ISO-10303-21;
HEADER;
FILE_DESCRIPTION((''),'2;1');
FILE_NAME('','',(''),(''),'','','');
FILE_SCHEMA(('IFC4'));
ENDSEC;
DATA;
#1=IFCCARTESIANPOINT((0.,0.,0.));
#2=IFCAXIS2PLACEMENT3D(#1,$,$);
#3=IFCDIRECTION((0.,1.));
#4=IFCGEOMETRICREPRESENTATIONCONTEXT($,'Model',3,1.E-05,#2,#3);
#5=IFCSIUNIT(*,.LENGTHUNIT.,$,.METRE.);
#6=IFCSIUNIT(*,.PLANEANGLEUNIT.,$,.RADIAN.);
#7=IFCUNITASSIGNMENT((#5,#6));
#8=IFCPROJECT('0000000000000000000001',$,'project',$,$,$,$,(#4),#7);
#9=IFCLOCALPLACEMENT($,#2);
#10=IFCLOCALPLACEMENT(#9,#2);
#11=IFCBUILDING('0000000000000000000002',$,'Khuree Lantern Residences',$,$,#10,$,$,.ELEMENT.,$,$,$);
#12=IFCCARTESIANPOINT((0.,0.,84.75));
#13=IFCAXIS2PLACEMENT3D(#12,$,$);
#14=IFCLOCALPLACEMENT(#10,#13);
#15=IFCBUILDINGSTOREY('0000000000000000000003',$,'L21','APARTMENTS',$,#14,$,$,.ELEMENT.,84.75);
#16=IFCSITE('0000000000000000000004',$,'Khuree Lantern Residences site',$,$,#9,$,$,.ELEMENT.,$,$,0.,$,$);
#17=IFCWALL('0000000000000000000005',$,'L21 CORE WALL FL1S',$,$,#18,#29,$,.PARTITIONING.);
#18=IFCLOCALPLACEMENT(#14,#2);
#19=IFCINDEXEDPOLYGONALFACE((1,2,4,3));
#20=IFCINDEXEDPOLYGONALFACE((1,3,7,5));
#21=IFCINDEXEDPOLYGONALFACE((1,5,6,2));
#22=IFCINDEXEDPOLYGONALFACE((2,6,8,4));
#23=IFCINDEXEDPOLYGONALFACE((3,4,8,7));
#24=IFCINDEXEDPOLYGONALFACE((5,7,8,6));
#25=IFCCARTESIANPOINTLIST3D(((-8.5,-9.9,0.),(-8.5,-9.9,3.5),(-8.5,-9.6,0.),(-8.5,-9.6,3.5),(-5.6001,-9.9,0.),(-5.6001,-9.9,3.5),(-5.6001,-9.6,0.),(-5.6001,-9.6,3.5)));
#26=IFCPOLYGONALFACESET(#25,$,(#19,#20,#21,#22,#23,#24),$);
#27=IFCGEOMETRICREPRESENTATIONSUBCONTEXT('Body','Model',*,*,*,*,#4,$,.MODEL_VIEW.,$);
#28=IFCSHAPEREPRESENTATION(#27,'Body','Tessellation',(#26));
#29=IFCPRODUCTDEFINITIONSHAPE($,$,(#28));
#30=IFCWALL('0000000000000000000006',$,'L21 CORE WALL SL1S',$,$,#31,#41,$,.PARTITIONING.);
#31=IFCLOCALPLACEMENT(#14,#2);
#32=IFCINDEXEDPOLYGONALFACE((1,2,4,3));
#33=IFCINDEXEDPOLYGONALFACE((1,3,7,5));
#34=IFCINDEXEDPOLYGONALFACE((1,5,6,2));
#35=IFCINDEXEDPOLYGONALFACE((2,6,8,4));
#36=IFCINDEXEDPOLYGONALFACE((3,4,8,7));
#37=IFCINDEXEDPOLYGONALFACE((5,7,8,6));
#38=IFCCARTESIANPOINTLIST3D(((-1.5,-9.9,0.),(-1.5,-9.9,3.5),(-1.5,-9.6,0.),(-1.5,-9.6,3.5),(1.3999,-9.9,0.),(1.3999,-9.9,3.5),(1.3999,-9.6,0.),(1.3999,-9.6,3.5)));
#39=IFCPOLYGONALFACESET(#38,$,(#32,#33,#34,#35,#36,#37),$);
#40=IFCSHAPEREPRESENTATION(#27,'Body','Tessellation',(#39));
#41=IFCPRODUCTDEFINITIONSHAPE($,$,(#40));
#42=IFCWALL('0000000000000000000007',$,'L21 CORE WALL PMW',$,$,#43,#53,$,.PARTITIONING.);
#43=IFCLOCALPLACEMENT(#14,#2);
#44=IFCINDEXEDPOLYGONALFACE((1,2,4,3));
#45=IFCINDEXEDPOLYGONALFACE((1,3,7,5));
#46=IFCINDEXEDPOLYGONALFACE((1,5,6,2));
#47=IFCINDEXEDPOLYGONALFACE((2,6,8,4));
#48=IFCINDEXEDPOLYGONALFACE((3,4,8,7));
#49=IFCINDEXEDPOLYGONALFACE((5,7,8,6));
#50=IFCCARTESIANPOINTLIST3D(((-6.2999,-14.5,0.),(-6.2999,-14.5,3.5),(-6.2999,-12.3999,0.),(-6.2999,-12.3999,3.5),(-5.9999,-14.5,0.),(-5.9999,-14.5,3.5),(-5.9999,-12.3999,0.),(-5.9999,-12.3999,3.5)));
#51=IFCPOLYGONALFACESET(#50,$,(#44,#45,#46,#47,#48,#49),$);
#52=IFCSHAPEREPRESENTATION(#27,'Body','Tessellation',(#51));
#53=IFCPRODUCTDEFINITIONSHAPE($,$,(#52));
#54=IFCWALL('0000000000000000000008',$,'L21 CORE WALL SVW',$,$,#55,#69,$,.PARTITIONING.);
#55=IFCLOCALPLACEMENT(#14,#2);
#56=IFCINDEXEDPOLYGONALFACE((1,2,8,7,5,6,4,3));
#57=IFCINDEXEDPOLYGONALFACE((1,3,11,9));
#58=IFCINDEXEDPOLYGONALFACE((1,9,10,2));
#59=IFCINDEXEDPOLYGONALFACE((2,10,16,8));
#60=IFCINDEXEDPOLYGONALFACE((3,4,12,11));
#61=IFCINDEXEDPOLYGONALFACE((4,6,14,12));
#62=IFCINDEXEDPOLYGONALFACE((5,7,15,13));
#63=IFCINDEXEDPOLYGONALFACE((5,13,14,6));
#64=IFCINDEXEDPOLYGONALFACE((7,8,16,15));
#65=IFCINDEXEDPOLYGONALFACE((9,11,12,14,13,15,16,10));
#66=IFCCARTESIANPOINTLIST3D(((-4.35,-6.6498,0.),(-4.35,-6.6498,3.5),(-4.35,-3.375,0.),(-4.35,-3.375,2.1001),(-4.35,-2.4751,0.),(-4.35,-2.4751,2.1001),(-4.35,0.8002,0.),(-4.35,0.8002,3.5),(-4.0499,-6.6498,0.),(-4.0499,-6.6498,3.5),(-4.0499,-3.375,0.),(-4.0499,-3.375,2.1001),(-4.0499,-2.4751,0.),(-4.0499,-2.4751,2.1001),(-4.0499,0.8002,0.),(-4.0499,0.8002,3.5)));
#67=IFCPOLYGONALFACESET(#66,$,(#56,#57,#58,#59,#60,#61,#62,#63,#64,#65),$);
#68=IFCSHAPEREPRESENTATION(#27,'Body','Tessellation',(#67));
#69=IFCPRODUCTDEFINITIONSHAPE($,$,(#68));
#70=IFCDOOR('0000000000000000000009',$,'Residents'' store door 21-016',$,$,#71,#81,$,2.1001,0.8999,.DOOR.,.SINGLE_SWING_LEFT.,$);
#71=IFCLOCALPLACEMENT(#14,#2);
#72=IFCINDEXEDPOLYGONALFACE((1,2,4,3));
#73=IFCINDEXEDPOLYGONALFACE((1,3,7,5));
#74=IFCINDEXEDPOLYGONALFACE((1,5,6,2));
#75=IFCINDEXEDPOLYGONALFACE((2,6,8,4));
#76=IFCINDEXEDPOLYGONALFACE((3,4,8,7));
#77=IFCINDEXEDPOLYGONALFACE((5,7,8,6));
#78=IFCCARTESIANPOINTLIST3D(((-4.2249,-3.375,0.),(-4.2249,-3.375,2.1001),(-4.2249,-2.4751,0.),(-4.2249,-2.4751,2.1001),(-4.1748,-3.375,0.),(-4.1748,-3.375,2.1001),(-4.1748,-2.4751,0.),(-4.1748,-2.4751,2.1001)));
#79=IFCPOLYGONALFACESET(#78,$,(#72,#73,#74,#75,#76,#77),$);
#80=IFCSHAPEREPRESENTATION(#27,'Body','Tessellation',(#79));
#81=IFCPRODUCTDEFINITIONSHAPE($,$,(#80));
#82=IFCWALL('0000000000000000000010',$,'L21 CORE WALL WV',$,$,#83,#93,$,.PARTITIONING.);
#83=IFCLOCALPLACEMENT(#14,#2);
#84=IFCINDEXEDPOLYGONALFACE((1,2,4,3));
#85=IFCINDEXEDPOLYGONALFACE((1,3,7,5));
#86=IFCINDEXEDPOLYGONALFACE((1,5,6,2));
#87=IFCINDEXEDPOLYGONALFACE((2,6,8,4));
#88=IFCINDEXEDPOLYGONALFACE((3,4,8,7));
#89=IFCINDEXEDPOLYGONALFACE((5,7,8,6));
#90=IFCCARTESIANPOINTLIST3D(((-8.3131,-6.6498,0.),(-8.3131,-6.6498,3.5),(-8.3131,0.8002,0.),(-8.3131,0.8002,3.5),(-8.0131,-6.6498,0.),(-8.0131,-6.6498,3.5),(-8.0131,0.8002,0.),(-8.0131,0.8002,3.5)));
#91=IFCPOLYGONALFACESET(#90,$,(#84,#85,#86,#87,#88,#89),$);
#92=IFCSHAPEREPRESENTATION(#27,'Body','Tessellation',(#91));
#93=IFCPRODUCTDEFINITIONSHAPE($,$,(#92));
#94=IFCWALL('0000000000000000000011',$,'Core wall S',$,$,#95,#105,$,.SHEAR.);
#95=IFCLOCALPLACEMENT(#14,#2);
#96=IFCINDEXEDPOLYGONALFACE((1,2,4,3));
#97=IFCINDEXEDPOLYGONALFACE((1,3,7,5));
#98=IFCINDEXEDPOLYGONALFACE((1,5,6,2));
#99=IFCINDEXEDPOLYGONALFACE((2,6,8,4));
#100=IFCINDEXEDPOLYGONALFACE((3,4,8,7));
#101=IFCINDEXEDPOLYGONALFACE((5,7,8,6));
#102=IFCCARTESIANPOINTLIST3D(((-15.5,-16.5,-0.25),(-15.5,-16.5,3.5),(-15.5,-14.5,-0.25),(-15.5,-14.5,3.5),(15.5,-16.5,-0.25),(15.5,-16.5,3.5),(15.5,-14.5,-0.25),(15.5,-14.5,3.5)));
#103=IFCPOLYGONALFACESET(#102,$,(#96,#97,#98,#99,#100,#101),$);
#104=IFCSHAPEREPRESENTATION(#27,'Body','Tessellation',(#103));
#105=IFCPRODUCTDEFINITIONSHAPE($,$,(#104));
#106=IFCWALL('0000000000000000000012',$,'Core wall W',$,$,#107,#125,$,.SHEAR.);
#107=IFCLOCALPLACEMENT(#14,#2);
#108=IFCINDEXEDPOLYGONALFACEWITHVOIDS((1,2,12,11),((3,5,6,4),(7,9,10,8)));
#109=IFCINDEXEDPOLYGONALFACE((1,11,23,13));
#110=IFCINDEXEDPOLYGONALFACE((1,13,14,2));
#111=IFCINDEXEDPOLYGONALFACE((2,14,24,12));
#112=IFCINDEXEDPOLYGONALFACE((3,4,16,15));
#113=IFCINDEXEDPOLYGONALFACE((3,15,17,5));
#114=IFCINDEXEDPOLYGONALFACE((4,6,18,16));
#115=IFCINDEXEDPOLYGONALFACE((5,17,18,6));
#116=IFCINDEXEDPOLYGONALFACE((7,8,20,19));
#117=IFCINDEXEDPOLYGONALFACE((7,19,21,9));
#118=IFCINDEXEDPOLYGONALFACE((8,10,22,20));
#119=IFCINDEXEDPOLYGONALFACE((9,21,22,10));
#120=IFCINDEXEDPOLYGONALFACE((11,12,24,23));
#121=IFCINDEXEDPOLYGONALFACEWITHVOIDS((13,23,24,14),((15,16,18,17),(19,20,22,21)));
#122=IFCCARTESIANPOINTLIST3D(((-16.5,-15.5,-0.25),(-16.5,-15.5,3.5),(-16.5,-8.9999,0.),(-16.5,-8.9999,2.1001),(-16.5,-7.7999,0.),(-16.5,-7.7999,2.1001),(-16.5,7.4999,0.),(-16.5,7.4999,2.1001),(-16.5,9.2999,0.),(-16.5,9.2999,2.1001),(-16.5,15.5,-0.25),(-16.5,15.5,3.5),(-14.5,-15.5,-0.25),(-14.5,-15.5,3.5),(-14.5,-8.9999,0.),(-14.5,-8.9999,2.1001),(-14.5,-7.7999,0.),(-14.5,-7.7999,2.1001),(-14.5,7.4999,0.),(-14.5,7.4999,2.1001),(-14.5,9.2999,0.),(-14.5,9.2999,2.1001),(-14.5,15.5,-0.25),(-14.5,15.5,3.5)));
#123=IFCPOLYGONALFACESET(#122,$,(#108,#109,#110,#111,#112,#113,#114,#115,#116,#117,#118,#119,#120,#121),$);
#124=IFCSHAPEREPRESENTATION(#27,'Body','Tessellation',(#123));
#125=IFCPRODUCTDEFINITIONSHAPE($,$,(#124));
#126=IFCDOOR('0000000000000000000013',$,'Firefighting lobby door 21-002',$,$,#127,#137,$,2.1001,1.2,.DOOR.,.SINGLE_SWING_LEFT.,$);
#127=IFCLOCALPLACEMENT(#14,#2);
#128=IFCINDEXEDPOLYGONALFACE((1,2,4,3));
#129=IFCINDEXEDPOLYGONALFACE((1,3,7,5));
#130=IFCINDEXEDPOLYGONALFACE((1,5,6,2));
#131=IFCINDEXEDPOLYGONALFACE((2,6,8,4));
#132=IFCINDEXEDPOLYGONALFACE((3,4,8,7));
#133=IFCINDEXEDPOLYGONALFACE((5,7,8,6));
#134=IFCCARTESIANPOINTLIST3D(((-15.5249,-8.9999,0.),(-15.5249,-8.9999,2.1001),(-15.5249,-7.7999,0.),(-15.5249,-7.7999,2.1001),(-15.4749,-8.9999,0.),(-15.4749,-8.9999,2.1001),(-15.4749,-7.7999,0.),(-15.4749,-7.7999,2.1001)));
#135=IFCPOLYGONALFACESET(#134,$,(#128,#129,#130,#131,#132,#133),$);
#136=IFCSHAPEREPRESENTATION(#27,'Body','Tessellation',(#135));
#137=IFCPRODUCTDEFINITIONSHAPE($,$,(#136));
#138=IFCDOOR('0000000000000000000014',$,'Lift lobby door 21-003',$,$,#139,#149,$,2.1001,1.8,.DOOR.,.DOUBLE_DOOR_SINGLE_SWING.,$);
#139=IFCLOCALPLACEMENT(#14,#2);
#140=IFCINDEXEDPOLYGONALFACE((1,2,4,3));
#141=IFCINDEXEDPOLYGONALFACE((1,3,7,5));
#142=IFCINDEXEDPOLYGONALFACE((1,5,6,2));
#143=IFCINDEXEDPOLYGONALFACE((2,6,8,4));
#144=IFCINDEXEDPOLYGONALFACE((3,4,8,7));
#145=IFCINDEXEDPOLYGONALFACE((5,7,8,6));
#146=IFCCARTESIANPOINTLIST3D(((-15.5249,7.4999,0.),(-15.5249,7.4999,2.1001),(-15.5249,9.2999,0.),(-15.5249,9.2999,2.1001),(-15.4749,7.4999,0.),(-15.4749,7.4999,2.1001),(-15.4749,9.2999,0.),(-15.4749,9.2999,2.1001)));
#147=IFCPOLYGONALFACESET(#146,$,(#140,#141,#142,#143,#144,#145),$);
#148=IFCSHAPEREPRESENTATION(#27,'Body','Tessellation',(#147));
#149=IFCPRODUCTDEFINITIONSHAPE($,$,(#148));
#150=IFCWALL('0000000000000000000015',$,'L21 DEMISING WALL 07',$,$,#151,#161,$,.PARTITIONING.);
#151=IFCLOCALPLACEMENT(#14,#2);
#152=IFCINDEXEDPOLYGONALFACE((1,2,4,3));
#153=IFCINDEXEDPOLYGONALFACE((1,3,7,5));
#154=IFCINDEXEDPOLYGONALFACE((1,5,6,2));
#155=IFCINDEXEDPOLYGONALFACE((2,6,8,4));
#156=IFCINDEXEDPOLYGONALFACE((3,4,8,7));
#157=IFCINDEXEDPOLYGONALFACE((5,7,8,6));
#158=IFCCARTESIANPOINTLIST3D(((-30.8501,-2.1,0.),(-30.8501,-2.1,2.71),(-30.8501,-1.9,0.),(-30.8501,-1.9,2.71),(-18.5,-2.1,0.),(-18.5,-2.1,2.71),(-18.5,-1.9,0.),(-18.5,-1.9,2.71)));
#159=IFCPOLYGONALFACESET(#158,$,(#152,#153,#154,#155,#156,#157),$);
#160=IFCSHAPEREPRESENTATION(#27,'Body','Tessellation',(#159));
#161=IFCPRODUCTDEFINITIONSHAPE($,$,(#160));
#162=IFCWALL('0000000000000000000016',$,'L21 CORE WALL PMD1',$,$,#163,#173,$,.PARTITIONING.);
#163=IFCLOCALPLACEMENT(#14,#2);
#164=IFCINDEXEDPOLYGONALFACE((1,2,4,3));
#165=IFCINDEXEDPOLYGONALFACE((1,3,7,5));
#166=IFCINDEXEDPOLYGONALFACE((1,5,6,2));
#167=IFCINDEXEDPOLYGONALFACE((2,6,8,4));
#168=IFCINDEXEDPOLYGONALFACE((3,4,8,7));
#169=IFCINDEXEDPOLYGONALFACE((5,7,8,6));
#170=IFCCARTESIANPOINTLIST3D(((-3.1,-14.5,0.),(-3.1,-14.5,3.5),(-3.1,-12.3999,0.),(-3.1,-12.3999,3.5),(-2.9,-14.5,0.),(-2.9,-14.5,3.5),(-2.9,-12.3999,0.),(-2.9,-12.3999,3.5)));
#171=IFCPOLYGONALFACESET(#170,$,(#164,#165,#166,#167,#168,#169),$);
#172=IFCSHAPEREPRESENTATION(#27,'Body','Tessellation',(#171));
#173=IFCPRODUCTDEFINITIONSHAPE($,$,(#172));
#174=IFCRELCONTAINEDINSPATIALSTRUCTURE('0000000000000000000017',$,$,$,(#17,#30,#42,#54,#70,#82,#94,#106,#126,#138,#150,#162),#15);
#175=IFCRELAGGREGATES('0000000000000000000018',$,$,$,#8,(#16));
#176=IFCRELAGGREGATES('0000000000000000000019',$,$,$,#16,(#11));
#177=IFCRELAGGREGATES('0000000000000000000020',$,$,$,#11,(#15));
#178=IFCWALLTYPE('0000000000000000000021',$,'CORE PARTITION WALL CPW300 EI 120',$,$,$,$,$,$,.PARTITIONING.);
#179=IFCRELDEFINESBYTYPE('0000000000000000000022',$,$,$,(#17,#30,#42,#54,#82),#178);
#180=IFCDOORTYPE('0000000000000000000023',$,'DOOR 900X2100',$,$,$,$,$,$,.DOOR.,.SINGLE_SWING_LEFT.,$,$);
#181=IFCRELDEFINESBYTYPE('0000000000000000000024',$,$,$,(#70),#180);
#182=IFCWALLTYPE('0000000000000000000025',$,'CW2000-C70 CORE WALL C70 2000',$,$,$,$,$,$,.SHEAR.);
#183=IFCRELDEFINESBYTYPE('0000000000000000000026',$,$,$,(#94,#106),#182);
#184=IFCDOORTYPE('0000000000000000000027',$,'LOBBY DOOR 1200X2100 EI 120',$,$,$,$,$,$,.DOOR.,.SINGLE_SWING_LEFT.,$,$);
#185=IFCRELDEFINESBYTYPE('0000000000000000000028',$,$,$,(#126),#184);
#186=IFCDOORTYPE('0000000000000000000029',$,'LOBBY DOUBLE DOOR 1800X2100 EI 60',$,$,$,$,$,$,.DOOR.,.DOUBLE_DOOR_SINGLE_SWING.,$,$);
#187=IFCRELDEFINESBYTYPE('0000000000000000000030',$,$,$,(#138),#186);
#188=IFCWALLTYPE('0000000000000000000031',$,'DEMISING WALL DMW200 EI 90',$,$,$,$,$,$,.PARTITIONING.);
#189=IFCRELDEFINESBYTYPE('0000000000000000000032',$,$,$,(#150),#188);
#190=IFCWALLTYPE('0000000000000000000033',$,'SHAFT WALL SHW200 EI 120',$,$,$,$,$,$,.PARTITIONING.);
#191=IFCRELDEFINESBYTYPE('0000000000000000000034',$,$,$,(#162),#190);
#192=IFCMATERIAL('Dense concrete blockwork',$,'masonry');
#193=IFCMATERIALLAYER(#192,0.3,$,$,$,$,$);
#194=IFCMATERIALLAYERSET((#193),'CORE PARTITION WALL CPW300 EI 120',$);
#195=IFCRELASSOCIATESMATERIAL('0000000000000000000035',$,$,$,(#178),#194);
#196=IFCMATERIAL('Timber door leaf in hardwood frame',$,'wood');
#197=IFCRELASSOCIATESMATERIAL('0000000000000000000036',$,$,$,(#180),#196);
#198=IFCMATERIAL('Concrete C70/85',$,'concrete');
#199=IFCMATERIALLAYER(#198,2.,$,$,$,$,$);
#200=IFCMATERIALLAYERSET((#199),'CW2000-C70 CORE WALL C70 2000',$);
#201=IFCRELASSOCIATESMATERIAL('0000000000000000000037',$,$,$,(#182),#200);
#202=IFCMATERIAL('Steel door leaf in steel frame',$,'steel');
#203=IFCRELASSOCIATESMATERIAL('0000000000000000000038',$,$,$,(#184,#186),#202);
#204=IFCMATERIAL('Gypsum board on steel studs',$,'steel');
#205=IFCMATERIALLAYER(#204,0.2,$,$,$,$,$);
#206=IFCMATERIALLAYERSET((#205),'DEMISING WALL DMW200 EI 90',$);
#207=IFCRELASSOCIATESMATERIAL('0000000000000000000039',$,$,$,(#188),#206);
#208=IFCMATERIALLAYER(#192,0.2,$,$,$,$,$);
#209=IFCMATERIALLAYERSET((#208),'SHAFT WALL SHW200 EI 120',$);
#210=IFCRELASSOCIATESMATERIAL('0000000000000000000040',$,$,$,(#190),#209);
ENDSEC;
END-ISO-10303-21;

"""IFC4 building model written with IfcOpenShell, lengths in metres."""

from ifc_helpers import new_model, si_unit, direction, frame, frame_2d, origin, place, context, subcontext, project, spatial, rectangle, extrude, material, layer, layer_set, type_object, element, fill, save


model = new_model("IFC4")

# Units and contexts
model_context = context("Model", 3, precision=1e-05, world=origin(), true_north=direction((0.0, 1.0)))
body_context = subcontext(model_context, "Body", "Model", "MODEL_VIEW")
ifc_project = project(units=[si_unit("LENGTHUNIT", "METRE"), si_unit("PLANEANGLEUNIT", "RADIAN")], contexts=[model_context])

# Site, building, storey
site_placement = place(None, origin())
site = spatial("IfcSite", under=ifc_project, at=site_placement, Name="Khuree Lantern Residences site", CompositionType="ELEMENT", RefElevation=0.0)
building_placement = place(site_placement, origin())
building = spatial("IfcBuilding", under=site, at=building_placement, Name="Khuree Lantern Residences", CompositionType="ELEMENT")
storey_placement = place(building_placement, frame((0.0, 0.0, 84.75)))
storey = spatial("IfcBuildingStorey", under=building, at=storey_placement, Name="L21", Description="APARTMENTS", CompositionType="ELEMENT", Elevation=84.75)

# Shared definitions
ifc_material_1 = material(Name="Concrete C70/85", Category="concrete")

# Shared definitions
ifc_material_2 = material(Name="Dense concrete blockwork", Category="masonry")
ifc_layer_1 = layer(ifc_material_2, 0.3)
ifc_layer_set_1 = layer_set([ifc_layer_1], Name="CORE PARTITION WALL CPW300 EI 120")
wall_type_1 = type_object("IfcWallType", Name="CORE PARTITION WALL CPW300 EI 120", PredefinedType="PARTITIONING", material=ifc_layer_set_1)

# Shared definitions
ifc_material_3 = material(Name="Steel door leaf in steel frame", Category="steel")

# Walls
for number, where, z_axis, x_axis, name in (
    (1, (-8.5, -9.75, 0.0), (0.0, 0.0, 1.0), (1.0, 0.0, 0.0), "L21 CORE WALL FL1S"),
    (2, (-1.5, -9.75, 0.0), (0.0, 0.0, 1.0), (1.0, 0.0, 0.0), "L21 CORE WALL SL1S"),
):
    element("IfcWall", number, at=place(storey_placement, frame(where, z_axis=z_axis, x_axis=x_axis)), inside=storey, type_object=wall_type_1, Name=name, PredefinedType="PARTITIONING", context=body_context, shape_type="SweptSolid", body=[
        extrude(rectangle(XDim=2.8999, YDim=0.3, at=frame_2d((1.45, 0.0))), origin(), (0.0, 0.0, 1.0), 3.5),
    ])
wall_1_placement = place(storey_placement, frame((-6.1499, -14.5, 0.0), z_axis=(0.0, 0.0, 1.0), x_axis=(0.0, 1.0, 0.0)))
element("IfcWall", 3, at=wall_1_placement, inside=storey, type_object=wall_type_1, Name="L21 CORE WALL PMW", PredefinedType="PARTITIONING", context=body_context, shape_type="SweptSolid", body=[
    extrude(rectangle(XDim=2.1001, YDim=0.3, at=frame_2d((1.05, 0.0))), origin(), (0.0, 0.0, 1.0), 3.5),
])

# Wall, opening, door
wall_2_placement = place(storey_placement, frame((-4.2, -6.6499, 0.0), z_axis=(0.0, 0.0, 1.0), x_axis=(0.0, 1.0, 0.0)))
wall_2 = element("IfcWall", 4, at=wall_2_placement, inside=storey, type_object=wall_type_1, Name="L21 CORE WALL SVW", PredefinedType="PARTITIONING", context=body_context, shape_type="SweptSolid", body=[
    extrude(rectangle(XDim=7.45, YDim=0.3, at=frame_2d((3.7251, 0.0))), origin(), (0.0, 0.0, 1.0), 3.5),
])
opening_1_placement = place(wall_2_placement, frame((3.2749, 0.0, 0.0)))
opening_1 = element("IfcOpeningElement", 5, at=opening_1_placement, cuts=wall_2, PredefinedType="OPENING", context=body_context, shape_type="SweptSolid", body=[
    extrude(rectangle(XDim=0.8999, YDim=2.1001, at=frame_2d((0.45, 1.05))), frame((0.0, 0.1602, 0.0), z_axis=(0.0, -1.0, 0.0), x_axis=(1.0, 0.0, 0.0)), (0.0, 0.0, 1.0), 0.3201),
])
ifc_material_4 = material(Name="Timber door leaf in hardwood frame", Category="wood")
door_type_1 = type_object("IfcDoorType", Name="DOOR 900X2100", OperationType="SINGLE_SWING_LEFT", PredefinedType="DOOR", material=ifc_material_4)
door_1_placement = place(opening_1_placement, origin())
door_1 = element("IfcDoor", 6, at=door_1_placement, inside=storey, type_object=door_type_1, Name="Residents' store door 21-016", OperationType="SINGLE_SWING_LEFT", OverallHeight=2.1001, OverallWidth=0.8999, PredefinedType="DOOR", context=body_context, shape_type="SweptSolid", body=[
    extrude(rectangle(XDim=0.8999, YDim=2.1001, at=frame_2d((0.45, 1.05))), frame((0.0, 0.0249, 0.0), z_axis=(0.0, -1.0, 0.0), x_axis=(1.0, 0.0, 0.0)), (0.0, 0.0, 1.0), 0.05),
])
fill(opening_1, door_1)

# Walls
wall_3_placement = place(storey_placement, frame((-8.1631, -6.6499, 0.0), z_axis=(0.0, 0.0, 1.0), x_axis=(0.0, 1.0, 0.0)))
element("IfcWall", 7, at=wall_3_placement, inside=storey, type_object=wall_type_1, Name="L21 CORE WALL WV", PredefinedType="PARTITIONING", context=body_context, shape_type="SweptSolid", body=[
    extrude(rectangle(XDim=7.45, YDim=0.3, at=frame_2d((3.7251, 0.0))), origin(), (0.0, 0.0, 1.0), 3.5),
])
ifc_layer_2 = layer(ifc_material_1, 2.0)
ifc_layer_set_2 = layer_set([ifc_layer_2], Name="CW2000-C70 CORE WALL C70 2000")
wall_type_2 = type_object("IfcWallType", Name="CW2000-C70 CORE WALL C70 2000", PredefinedType="SHEAR", material=ifc_layer_set_2)
wall_4_placement = place(storey_placement, frame((-15.5, -15.5, -0.25), z_axis=(0.0, 0.0, 1.0), x_axis=(1.0, 0.0, 0.0)))
element("IfcWall", 8, at=wall_4_placement, inside=storey, type_object=wall_type_2, Name="Core wall S", PredefinedType="SHEAR", context=body_context, shape_type="SweptSolid", body=[
    extrude(rectangle(XDim=31.0, YDim=2.0, at=frame_2d((15.5, 0.0))), origin(), (0.0, 0.0, 1.0), 3.75),
])

# Wall, openings, doors
wall_5_placement = place(storey_placement, frame((-15.5, -15.5, -0.25), z_axis=(0.0, 0.0, 1.0), x_axis=(0.0, 1.0, 0.0)))
wall_5 = element("IfcWall", 9, at=wall_5_placement, inside=storey, type_object=wall_type_2, Name="Core wall W", PredefinedType="SHEAR", context=body_context, shape_type="SweptSolid", body=[
    extrude(rectangle(XDim=31.0, YDim=2.0, at=frame_2d((15.5, 0.0))), origin(), (0.0, 0.0, 1.0), 3.75),
])
opening_2_placement = place(wall_5_placement, frame((6.5, 0.0, 0.25)))
opening_2 = element("IfcOpeningElement", 10, at=opening_2_placement, cuts=wall_5, PredefinedType="OPENING", context=body_context, shape_type="SweptSolid", body=[
    extrude(rectangle(XDim=1.2, YDim=2.1001, at=frame_2d((0.6001, 1.05))), frame((0.0, 1.01, 0.0), z_axis=(0.0, -1.0, 0.0), x_axis=(1.0, 0.0, 0.0)), (0.0, 0.0, 1.0), 2.02),
])
opening_3_placement = place(wall_5_placement, frame((23.0, 0.0, 0.25)))
opening_3 = element("IfcOpeningElement", 11, at=opening_3_placement, cuts=wall_5, PredefinedType="OPENING", context=body_context, shape_type="SweptSolid", body=[
    extrude(rectangle(XDim=1.8, YDim=2.1001, at=frame_2d((0.8999, 1.05))), frame((0.0, 1.01, 0.0), z_axis=(0.0, -1.0, 0.0), x_axis=(1.0, 0.0, 0.0)), (0.0, 0.0, 1.0), 2.02),
])
door_type_2 = type_object("IfcDoorType", Name="LOBBY DOOR 1200X2100 EI 120", OperationType="SINGLE_SWING_LEFT", PredefinedType="DOOR", material=ifc_material_3)
door_2_placement = place(opening_2_placement, origin())
door_2 = element("IfcDoor", 12, at=door_2_placement, inside=storey, type_object=door_type_2, Name="Firefighting lobby door 21-002", OperationType="SINGLE_SWING_LEFT", OverallHeight=2.1001, OverallWidth=1.2, PredefinedType="DOOR", context=body_context, shape_type="SweptSolid", body=[
    extrude(rectangle(XDim=1.2, YDim=2.1001, at=frame_2d((0.6001, 1.05))), frame((0.0, 0.0249, 0.0), z_axis=(0.0, -1.0, 0.0), x_axis=(1.0, 0.0, 0.0)), (0.0, 0.0, 1.0), 0.05),
])
fill(opening_2, door_2)
door_type_3 = type_object("IfcDoorType", Name="LOBBY DOUBLE DOOR 1800X2100 EI 60", OperationType="DOUBLE_DOOR_SINGLE_SWING", PredefinedType="DOOR", material=ifc_material_3)
door_3_placement = place(opening_3_placement, origin())
door_3 = element("IfcDoor", 13, at=door_3_placement, inside=storey, type_object=door_type_3, Name="Lift lobby door 21-003", OperationType="DOUBLE_DOOR_SINGLE_SWING", OverallHeight=2.1001, OverallWidth=1.8, PredefinedType="DOOR", context=body_context, shape_type="SweptSolid", body=[
    extrude(rectangle(XDim=1.8, YDim=2.1001, at=frame_2d((0.8999, 1.05))), frame((0.0, 0.0249, 0.0), z_axis=(0.0, -1.0, 0.0), x_axis=(1.0, 0.0, 0.0)), (0.0, 0.0, 1.0), 0.05),
])
fill(opening_3, door_3)

# Walls
ifc_material_5 = material(Name="Gypsum board on steel studs", Category="steel")
ifc_layer_3 = layer(ifc_material_5, 0.2)
ifc_layer_set_3 = layer_set([ifc_layer_3], Name="DEMISING WALL DMW200 EI 90")
wall_type_3 = type_object("IfcWallType", Name="DEMISING WALL DMW200 EI 90", PredefinedType="PARTITIONING", material=ifc_layer_set_3)
wall_6_placement = place(storey_placement, frame((-18.5, -2.0, 0.0), z_axis=(0.0, 0.0, 1.0), x_axis=(-1.0, 0.0, 0.0)))
element("IfcWall", 14, at=wall_6_placement, inside=storey, type_object=wall_type_3, Name="L21 DEMISING WALL 07", PredefinedType="PARTITIONING", context=body_context, shape_type="SweptSolid", body=[
    extrude(rectangle(XDim=12.3501, YDim=0.2, at=frame_2d((6.175, 0.0))), origin(), (0.0, 0.0, 1.0), 2.71),
])
ifc_layer_4 = layer(ifc_material_2, 0.2)
ifc_layer_set_4 = layer_set([ifc_layer_4], Name="SHAFT WALL SHW200 EI 120")
wall_type_4 = type_object("IfcWallType", Name="SHAFT WALL SHW200 EI 120", PredefinedType="PARTITIONING", material=ifc_layer_set_4)
wall_7_placement = place(storey_placement, frame((-3.0, -14.5, 0.0), z_axis=(0.0, 0.0, 1.0), x_axis=(0.0, 1.0, 0.0)))
element("IfcWall", 15, at=wall_7_placement, inside=storey, type_object=wall_type_4, Name="L21 CORE WALL PMD1", PredefinedType="PARTITIONING", context=body_context, shape_type="SweptSolid", body=[
    extrude(rectangle(XDim=2.1001, YDim=0.2, at=frame_2d((1.05, 0.0))), origin(), (0.0, 0.0, 1.0), 3.5),
])

save(model, "model.ifc")
